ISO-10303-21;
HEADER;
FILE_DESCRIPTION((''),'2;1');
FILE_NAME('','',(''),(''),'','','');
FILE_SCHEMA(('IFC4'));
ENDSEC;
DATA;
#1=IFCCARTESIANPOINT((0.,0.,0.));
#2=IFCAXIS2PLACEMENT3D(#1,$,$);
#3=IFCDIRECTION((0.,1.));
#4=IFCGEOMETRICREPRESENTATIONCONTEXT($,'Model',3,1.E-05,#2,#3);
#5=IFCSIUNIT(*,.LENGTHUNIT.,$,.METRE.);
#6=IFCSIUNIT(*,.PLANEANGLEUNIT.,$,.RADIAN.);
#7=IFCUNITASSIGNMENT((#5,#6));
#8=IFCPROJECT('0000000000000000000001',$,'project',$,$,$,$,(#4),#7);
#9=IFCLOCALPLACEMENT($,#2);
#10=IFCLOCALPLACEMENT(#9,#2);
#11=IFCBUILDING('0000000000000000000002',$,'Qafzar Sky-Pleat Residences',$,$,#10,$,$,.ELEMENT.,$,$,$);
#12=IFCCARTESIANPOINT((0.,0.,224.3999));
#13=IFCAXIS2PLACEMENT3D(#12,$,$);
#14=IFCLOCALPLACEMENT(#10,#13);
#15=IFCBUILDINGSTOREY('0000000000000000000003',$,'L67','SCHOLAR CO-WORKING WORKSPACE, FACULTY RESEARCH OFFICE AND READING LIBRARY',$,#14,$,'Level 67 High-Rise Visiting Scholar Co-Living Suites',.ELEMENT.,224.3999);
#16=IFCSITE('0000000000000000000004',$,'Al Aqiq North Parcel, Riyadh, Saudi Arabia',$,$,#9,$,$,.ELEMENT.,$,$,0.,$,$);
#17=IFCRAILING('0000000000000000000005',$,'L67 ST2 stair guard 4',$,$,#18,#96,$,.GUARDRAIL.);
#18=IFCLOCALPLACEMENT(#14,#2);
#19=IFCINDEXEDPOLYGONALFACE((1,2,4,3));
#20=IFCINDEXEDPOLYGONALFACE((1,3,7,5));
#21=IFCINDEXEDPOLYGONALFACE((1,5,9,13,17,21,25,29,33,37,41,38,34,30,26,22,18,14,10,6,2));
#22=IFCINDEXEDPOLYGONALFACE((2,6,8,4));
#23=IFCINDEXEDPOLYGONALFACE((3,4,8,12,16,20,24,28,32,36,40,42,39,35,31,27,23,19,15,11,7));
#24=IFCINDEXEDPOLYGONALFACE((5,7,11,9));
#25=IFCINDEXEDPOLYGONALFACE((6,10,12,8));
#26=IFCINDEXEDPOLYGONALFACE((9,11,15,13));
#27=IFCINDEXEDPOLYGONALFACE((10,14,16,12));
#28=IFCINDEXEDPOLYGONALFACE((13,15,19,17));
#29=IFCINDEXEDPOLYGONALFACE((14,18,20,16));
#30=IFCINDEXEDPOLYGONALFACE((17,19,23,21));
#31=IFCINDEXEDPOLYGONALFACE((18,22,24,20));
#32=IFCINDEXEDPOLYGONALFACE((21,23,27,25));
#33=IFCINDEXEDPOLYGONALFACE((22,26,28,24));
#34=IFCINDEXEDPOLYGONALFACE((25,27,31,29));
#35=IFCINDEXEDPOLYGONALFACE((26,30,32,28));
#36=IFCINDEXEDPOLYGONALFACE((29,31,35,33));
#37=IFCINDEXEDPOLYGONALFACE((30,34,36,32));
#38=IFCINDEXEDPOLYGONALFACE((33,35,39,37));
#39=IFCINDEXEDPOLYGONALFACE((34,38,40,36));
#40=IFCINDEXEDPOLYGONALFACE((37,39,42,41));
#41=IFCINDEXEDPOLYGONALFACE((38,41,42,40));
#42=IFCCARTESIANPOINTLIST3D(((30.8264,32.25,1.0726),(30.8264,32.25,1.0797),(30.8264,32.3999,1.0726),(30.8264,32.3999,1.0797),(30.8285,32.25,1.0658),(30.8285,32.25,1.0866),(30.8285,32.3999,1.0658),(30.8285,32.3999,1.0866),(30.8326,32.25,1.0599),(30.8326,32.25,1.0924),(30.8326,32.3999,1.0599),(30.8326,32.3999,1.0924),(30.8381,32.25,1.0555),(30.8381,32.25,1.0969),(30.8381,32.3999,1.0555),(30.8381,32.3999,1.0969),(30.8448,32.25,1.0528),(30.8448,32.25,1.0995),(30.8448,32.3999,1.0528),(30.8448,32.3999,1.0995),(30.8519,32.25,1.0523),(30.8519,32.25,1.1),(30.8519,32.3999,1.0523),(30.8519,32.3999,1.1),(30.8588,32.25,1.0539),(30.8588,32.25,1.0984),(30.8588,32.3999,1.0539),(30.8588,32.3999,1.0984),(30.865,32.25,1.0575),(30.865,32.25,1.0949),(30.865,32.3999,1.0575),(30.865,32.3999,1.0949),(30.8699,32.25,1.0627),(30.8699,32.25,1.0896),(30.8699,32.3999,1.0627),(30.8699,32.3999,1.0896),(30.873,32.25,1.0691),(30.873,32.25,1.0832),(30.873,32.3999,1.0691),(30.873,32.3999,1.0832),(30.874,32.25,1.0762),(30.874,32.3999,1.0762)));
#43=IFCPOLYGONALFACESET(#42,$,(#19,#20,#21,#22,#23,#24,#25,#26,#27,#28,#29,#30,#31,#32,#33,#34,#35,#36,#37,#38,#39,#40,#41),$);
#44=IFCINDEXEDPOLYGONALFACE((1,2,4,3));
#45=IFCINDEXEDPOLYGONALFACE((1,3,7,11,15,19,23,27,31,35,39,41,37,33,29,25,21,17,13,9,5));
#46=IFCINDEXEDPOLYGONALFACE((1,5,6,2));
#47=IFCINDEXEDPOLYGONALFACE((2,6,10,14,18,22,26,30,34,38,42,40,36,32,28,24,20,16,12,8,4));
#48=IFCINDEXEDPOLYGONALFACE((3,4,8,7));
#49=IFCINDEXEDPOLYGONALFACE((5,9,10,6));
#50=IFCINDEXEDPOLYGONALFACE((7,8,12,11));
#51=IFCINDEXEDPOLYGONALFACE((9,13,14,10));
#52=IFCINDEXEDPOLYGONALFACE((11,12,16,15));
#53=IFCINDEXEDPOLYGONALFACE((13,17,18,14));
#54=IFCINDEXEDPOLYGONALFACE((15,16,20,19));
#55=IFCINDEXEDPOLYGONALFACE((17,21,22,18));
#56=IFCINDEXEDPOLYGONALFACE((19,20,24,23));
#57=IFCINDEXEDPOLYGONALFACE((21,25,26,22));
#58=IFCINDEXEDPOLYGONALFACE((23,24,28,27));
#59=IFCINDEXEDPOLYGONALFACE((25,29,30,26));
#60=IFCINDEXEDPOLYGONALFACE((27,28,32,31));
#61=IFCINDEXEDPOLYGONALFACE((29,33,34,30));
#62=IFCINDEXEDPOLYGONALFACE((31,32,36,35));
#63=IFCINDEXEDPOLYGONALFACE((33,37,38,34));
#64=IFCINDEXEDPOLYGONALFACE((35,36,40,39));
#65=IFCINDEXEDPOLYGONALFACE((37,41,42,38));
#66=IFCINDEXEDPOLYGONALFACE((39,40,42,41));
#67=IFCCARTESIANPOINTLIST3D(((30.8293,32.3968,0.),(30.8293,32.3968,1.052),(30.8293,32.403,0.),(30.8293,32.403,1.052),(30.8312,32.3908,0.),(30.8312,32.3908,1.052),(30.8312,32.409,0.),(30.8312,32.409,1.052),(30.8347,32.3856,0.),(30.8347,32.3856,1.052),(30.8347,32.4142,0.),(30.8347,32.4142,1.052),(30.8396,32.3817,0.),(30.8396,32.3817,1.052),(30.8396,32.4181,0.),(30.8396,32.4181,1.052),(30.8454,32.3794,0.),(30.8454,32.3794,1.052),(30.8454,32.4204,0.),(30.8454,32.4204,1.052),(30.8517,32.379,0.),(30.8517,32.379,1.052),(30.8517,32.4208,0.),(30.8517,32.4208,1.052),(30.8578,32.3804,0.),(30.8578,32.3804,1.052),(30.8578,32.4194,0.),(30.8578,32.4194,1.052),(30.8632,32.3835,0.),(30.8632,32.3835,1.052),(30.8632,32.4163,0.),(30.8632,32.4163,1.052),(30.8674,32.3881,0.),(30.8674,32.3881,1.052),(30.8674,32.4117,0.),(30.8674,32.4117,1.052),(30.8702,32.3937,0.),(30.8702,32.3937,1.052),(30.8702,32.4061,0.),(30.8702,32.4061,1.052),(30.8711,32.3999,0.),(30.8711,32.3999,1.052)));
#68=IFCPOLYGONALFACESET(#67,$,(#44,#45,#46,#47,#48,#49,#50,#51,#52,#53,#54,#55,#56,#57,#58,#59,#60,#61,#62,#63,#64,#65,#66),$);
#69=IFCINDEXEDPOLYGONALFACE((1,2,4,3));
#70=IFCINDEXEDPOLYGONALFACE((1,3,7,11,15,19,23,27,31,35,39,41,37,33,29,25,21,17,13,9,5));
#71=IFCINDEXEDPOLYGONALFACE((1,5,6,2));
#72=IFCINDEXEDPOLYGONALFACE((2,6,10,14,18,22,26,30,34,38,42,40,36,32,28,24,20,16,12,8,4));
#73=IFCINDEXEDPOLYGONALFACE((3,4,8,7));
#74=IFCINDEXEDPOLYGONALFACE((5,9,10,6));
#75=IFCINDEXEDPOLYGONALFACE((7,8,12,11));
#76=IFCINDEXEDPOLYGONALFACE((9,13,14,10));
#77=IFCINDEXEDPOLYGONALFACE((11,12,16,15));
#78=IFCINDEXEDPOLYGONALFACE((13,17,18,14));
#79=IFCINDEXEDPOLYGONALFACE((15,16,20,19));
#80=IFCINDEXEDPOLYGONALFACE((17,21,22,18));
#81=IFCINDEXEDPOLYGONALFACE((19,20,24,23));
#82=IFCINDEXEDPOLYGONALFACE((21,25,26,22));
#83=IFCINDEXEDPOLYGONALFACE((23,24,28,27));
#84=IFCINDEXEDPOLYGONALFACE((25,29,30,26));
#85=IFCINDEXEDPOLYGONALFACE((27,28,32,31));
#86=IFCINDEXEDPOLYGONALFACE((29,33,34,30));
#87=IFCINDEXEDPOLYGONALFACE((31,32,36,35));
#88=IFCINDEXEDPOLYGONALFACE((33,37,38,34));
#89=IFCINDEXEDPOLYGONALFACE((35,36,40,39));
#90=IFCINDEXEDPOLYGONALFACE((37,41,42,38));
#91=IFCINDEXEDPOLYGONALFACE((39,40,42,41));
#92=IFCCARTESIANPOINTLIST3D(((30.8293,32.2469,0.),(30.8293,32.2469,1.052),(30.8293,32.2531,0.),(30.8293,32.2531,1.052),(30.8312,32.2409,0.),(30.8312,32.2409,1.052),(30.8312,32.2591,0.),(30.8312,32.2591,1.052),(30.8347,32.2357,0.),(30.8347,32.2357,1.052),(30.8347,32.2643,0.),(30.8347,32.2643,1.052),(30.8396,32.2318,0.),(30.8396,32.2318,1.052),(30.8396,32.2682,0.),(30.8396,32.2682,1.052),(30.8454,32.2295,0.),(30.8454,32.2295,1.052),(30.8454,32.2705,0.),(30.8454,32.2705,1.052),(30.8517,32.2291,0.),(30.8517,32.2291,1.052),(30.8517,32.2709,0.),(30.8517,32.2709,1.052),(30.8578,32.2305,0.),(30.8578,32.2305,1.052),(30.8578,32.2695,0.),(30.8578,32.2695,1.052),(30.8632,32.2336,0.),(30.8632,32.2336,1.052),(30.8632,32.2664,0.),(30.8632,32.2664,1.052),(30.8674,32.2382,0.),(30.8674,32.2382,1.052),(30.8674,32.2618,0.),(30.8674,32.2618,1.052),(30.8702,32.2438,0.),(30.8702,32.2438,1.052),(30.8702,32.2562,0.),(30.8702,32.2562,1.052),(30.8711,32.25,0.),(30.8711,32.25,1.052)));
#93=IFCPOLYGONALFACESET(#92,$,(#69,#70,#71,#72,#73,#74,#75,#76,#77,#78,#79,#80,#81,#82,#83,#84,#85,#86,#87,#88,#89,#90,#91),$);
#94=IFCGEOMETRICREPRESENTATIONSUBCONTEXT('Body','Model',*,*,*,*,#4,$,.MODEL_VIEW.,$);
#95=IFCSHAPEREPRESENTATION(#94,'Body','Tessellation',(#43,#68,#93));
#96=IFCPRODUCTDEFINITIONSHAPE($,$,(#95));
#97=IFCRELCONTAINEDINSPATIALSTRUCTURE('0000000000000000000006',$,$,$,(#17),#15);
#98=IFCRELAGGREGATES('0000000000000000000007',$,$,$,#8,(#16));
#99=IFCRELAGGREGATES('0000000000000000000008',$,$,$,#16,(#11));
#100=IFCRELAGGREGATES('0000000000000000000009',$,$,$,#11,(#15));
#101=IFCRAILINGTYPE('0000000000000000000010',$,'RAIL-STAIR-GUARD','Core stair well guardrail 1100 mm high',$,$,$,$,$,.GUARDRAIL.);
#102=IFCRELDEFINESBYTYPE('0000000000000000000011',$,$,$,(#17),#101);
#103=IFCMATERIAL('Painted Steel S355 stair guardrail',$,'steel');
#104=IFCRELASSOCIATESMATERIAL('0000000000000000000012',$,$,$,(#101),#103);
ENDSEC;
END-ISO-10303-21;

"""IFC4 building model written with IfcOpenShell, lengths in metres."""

from ifc_helpers import new_model, si_unit, direction, frame, origin, origin_2d, place, context, subcontext, project, spatial, circle, extrude, source, transform, mapped, material, type_object, element, save


model = new_model("IFC4")

# Units and contexts
model_context = context("Model", 3, precision=1e-05, world=origin(), true_north=direction((0.0, 1.0)))
body_context = subcontext(model_context, "Body", "Model", "MODEL_VIEW")
ifc_project = project(units=[si_unit("LENGTHUNIT", "METRE"), si_unit("PLANEANGLEUNIT", "RADIAN")], contexts=[model_context])

# Site, building, storey
site_placement = place(None, origin())
site = spatial("IfcSite", under=ifc_project, at=site_placement, Name="Al Aqiq North Parcel, Riyadh, Saudi Arabia", CompositionType="ELEMENT", RefElevation=0.0)
building_placement = place(site_placement, origin())
building = spatial("IfcBuilding", under=site, at=building_placement, Name="Qafzar Sky-Pleat Residences", CompositionType="ELEMENT")
storey_placement = place(building_placement, frame((0.0, 0.0, 224.3999)))
storey = spatial("IfcBuildingStorey", under=building, at=storey_placement, Name="L67", Description="SCHOLAR CO-WORKING WORKSPACE, FACULTY RESEARCH OFFICE AND READING LIBRARY", LongName="Level 67 High-Rise Visiting Scholar Co-Living Suites", CompositionType="ELEMENT", Elevation=224.3999)

# Railing
ifc_material_1 = material(Name="Painted Steel S355 stair guardrail", Category="steel")
railing_type_1 = type_object("IfcRailingType", Name="RAIL-STAIR-GUARD", Description="Core stair well guardrail 1100 mm high", PredefinedType="GUARDRAIL", material=ifc_material_1)
shared_shape_1 = source(origin(), body_context, "Body", "SweptSolid", [
    extrude(circle(Radius=0.0239, at=origin_2d()), frame((0.0, 0.0, 1.0762), z_axis=(0.0, -1.0, 0.0), x_axis=(1.0, 0.0, 0.0)), (0.0, 0.0, 1.0), 0.1499),
    extrude(circle(Radius=0.021, at=origin_2d()), origin(), (0.0, 0.0, 1.0), 1.052),
    extrude(circle(Radius=0.021, at=origin_2d()), frame((0.0, -0.1499, 0.0)), (0.0, 0.0, 1.0), 1.052),
])
railing_1_placement = place(storey_placement, frame((30.8501, 32.3999, 0.0)))
element("IfcRailing", 1, at=railing_1_placement, inside=storey, type_object=railing_type_1, Name="L67 ST2 stair guard 4", PredefinedType="GUARDRAIL", context=body_context, shape_type="MappedRepresentation", body=[
    mapped(shared_shape_1, transform((0.0, 0.0, 0.0), x_axis=(1.0, 0.0, 0.0), y_axis=(0.0, 1.0, 0.0), z_axis=(0.0, 0.0, 1.0), scale=1.0)),
])

save(model, "model.ifc")
